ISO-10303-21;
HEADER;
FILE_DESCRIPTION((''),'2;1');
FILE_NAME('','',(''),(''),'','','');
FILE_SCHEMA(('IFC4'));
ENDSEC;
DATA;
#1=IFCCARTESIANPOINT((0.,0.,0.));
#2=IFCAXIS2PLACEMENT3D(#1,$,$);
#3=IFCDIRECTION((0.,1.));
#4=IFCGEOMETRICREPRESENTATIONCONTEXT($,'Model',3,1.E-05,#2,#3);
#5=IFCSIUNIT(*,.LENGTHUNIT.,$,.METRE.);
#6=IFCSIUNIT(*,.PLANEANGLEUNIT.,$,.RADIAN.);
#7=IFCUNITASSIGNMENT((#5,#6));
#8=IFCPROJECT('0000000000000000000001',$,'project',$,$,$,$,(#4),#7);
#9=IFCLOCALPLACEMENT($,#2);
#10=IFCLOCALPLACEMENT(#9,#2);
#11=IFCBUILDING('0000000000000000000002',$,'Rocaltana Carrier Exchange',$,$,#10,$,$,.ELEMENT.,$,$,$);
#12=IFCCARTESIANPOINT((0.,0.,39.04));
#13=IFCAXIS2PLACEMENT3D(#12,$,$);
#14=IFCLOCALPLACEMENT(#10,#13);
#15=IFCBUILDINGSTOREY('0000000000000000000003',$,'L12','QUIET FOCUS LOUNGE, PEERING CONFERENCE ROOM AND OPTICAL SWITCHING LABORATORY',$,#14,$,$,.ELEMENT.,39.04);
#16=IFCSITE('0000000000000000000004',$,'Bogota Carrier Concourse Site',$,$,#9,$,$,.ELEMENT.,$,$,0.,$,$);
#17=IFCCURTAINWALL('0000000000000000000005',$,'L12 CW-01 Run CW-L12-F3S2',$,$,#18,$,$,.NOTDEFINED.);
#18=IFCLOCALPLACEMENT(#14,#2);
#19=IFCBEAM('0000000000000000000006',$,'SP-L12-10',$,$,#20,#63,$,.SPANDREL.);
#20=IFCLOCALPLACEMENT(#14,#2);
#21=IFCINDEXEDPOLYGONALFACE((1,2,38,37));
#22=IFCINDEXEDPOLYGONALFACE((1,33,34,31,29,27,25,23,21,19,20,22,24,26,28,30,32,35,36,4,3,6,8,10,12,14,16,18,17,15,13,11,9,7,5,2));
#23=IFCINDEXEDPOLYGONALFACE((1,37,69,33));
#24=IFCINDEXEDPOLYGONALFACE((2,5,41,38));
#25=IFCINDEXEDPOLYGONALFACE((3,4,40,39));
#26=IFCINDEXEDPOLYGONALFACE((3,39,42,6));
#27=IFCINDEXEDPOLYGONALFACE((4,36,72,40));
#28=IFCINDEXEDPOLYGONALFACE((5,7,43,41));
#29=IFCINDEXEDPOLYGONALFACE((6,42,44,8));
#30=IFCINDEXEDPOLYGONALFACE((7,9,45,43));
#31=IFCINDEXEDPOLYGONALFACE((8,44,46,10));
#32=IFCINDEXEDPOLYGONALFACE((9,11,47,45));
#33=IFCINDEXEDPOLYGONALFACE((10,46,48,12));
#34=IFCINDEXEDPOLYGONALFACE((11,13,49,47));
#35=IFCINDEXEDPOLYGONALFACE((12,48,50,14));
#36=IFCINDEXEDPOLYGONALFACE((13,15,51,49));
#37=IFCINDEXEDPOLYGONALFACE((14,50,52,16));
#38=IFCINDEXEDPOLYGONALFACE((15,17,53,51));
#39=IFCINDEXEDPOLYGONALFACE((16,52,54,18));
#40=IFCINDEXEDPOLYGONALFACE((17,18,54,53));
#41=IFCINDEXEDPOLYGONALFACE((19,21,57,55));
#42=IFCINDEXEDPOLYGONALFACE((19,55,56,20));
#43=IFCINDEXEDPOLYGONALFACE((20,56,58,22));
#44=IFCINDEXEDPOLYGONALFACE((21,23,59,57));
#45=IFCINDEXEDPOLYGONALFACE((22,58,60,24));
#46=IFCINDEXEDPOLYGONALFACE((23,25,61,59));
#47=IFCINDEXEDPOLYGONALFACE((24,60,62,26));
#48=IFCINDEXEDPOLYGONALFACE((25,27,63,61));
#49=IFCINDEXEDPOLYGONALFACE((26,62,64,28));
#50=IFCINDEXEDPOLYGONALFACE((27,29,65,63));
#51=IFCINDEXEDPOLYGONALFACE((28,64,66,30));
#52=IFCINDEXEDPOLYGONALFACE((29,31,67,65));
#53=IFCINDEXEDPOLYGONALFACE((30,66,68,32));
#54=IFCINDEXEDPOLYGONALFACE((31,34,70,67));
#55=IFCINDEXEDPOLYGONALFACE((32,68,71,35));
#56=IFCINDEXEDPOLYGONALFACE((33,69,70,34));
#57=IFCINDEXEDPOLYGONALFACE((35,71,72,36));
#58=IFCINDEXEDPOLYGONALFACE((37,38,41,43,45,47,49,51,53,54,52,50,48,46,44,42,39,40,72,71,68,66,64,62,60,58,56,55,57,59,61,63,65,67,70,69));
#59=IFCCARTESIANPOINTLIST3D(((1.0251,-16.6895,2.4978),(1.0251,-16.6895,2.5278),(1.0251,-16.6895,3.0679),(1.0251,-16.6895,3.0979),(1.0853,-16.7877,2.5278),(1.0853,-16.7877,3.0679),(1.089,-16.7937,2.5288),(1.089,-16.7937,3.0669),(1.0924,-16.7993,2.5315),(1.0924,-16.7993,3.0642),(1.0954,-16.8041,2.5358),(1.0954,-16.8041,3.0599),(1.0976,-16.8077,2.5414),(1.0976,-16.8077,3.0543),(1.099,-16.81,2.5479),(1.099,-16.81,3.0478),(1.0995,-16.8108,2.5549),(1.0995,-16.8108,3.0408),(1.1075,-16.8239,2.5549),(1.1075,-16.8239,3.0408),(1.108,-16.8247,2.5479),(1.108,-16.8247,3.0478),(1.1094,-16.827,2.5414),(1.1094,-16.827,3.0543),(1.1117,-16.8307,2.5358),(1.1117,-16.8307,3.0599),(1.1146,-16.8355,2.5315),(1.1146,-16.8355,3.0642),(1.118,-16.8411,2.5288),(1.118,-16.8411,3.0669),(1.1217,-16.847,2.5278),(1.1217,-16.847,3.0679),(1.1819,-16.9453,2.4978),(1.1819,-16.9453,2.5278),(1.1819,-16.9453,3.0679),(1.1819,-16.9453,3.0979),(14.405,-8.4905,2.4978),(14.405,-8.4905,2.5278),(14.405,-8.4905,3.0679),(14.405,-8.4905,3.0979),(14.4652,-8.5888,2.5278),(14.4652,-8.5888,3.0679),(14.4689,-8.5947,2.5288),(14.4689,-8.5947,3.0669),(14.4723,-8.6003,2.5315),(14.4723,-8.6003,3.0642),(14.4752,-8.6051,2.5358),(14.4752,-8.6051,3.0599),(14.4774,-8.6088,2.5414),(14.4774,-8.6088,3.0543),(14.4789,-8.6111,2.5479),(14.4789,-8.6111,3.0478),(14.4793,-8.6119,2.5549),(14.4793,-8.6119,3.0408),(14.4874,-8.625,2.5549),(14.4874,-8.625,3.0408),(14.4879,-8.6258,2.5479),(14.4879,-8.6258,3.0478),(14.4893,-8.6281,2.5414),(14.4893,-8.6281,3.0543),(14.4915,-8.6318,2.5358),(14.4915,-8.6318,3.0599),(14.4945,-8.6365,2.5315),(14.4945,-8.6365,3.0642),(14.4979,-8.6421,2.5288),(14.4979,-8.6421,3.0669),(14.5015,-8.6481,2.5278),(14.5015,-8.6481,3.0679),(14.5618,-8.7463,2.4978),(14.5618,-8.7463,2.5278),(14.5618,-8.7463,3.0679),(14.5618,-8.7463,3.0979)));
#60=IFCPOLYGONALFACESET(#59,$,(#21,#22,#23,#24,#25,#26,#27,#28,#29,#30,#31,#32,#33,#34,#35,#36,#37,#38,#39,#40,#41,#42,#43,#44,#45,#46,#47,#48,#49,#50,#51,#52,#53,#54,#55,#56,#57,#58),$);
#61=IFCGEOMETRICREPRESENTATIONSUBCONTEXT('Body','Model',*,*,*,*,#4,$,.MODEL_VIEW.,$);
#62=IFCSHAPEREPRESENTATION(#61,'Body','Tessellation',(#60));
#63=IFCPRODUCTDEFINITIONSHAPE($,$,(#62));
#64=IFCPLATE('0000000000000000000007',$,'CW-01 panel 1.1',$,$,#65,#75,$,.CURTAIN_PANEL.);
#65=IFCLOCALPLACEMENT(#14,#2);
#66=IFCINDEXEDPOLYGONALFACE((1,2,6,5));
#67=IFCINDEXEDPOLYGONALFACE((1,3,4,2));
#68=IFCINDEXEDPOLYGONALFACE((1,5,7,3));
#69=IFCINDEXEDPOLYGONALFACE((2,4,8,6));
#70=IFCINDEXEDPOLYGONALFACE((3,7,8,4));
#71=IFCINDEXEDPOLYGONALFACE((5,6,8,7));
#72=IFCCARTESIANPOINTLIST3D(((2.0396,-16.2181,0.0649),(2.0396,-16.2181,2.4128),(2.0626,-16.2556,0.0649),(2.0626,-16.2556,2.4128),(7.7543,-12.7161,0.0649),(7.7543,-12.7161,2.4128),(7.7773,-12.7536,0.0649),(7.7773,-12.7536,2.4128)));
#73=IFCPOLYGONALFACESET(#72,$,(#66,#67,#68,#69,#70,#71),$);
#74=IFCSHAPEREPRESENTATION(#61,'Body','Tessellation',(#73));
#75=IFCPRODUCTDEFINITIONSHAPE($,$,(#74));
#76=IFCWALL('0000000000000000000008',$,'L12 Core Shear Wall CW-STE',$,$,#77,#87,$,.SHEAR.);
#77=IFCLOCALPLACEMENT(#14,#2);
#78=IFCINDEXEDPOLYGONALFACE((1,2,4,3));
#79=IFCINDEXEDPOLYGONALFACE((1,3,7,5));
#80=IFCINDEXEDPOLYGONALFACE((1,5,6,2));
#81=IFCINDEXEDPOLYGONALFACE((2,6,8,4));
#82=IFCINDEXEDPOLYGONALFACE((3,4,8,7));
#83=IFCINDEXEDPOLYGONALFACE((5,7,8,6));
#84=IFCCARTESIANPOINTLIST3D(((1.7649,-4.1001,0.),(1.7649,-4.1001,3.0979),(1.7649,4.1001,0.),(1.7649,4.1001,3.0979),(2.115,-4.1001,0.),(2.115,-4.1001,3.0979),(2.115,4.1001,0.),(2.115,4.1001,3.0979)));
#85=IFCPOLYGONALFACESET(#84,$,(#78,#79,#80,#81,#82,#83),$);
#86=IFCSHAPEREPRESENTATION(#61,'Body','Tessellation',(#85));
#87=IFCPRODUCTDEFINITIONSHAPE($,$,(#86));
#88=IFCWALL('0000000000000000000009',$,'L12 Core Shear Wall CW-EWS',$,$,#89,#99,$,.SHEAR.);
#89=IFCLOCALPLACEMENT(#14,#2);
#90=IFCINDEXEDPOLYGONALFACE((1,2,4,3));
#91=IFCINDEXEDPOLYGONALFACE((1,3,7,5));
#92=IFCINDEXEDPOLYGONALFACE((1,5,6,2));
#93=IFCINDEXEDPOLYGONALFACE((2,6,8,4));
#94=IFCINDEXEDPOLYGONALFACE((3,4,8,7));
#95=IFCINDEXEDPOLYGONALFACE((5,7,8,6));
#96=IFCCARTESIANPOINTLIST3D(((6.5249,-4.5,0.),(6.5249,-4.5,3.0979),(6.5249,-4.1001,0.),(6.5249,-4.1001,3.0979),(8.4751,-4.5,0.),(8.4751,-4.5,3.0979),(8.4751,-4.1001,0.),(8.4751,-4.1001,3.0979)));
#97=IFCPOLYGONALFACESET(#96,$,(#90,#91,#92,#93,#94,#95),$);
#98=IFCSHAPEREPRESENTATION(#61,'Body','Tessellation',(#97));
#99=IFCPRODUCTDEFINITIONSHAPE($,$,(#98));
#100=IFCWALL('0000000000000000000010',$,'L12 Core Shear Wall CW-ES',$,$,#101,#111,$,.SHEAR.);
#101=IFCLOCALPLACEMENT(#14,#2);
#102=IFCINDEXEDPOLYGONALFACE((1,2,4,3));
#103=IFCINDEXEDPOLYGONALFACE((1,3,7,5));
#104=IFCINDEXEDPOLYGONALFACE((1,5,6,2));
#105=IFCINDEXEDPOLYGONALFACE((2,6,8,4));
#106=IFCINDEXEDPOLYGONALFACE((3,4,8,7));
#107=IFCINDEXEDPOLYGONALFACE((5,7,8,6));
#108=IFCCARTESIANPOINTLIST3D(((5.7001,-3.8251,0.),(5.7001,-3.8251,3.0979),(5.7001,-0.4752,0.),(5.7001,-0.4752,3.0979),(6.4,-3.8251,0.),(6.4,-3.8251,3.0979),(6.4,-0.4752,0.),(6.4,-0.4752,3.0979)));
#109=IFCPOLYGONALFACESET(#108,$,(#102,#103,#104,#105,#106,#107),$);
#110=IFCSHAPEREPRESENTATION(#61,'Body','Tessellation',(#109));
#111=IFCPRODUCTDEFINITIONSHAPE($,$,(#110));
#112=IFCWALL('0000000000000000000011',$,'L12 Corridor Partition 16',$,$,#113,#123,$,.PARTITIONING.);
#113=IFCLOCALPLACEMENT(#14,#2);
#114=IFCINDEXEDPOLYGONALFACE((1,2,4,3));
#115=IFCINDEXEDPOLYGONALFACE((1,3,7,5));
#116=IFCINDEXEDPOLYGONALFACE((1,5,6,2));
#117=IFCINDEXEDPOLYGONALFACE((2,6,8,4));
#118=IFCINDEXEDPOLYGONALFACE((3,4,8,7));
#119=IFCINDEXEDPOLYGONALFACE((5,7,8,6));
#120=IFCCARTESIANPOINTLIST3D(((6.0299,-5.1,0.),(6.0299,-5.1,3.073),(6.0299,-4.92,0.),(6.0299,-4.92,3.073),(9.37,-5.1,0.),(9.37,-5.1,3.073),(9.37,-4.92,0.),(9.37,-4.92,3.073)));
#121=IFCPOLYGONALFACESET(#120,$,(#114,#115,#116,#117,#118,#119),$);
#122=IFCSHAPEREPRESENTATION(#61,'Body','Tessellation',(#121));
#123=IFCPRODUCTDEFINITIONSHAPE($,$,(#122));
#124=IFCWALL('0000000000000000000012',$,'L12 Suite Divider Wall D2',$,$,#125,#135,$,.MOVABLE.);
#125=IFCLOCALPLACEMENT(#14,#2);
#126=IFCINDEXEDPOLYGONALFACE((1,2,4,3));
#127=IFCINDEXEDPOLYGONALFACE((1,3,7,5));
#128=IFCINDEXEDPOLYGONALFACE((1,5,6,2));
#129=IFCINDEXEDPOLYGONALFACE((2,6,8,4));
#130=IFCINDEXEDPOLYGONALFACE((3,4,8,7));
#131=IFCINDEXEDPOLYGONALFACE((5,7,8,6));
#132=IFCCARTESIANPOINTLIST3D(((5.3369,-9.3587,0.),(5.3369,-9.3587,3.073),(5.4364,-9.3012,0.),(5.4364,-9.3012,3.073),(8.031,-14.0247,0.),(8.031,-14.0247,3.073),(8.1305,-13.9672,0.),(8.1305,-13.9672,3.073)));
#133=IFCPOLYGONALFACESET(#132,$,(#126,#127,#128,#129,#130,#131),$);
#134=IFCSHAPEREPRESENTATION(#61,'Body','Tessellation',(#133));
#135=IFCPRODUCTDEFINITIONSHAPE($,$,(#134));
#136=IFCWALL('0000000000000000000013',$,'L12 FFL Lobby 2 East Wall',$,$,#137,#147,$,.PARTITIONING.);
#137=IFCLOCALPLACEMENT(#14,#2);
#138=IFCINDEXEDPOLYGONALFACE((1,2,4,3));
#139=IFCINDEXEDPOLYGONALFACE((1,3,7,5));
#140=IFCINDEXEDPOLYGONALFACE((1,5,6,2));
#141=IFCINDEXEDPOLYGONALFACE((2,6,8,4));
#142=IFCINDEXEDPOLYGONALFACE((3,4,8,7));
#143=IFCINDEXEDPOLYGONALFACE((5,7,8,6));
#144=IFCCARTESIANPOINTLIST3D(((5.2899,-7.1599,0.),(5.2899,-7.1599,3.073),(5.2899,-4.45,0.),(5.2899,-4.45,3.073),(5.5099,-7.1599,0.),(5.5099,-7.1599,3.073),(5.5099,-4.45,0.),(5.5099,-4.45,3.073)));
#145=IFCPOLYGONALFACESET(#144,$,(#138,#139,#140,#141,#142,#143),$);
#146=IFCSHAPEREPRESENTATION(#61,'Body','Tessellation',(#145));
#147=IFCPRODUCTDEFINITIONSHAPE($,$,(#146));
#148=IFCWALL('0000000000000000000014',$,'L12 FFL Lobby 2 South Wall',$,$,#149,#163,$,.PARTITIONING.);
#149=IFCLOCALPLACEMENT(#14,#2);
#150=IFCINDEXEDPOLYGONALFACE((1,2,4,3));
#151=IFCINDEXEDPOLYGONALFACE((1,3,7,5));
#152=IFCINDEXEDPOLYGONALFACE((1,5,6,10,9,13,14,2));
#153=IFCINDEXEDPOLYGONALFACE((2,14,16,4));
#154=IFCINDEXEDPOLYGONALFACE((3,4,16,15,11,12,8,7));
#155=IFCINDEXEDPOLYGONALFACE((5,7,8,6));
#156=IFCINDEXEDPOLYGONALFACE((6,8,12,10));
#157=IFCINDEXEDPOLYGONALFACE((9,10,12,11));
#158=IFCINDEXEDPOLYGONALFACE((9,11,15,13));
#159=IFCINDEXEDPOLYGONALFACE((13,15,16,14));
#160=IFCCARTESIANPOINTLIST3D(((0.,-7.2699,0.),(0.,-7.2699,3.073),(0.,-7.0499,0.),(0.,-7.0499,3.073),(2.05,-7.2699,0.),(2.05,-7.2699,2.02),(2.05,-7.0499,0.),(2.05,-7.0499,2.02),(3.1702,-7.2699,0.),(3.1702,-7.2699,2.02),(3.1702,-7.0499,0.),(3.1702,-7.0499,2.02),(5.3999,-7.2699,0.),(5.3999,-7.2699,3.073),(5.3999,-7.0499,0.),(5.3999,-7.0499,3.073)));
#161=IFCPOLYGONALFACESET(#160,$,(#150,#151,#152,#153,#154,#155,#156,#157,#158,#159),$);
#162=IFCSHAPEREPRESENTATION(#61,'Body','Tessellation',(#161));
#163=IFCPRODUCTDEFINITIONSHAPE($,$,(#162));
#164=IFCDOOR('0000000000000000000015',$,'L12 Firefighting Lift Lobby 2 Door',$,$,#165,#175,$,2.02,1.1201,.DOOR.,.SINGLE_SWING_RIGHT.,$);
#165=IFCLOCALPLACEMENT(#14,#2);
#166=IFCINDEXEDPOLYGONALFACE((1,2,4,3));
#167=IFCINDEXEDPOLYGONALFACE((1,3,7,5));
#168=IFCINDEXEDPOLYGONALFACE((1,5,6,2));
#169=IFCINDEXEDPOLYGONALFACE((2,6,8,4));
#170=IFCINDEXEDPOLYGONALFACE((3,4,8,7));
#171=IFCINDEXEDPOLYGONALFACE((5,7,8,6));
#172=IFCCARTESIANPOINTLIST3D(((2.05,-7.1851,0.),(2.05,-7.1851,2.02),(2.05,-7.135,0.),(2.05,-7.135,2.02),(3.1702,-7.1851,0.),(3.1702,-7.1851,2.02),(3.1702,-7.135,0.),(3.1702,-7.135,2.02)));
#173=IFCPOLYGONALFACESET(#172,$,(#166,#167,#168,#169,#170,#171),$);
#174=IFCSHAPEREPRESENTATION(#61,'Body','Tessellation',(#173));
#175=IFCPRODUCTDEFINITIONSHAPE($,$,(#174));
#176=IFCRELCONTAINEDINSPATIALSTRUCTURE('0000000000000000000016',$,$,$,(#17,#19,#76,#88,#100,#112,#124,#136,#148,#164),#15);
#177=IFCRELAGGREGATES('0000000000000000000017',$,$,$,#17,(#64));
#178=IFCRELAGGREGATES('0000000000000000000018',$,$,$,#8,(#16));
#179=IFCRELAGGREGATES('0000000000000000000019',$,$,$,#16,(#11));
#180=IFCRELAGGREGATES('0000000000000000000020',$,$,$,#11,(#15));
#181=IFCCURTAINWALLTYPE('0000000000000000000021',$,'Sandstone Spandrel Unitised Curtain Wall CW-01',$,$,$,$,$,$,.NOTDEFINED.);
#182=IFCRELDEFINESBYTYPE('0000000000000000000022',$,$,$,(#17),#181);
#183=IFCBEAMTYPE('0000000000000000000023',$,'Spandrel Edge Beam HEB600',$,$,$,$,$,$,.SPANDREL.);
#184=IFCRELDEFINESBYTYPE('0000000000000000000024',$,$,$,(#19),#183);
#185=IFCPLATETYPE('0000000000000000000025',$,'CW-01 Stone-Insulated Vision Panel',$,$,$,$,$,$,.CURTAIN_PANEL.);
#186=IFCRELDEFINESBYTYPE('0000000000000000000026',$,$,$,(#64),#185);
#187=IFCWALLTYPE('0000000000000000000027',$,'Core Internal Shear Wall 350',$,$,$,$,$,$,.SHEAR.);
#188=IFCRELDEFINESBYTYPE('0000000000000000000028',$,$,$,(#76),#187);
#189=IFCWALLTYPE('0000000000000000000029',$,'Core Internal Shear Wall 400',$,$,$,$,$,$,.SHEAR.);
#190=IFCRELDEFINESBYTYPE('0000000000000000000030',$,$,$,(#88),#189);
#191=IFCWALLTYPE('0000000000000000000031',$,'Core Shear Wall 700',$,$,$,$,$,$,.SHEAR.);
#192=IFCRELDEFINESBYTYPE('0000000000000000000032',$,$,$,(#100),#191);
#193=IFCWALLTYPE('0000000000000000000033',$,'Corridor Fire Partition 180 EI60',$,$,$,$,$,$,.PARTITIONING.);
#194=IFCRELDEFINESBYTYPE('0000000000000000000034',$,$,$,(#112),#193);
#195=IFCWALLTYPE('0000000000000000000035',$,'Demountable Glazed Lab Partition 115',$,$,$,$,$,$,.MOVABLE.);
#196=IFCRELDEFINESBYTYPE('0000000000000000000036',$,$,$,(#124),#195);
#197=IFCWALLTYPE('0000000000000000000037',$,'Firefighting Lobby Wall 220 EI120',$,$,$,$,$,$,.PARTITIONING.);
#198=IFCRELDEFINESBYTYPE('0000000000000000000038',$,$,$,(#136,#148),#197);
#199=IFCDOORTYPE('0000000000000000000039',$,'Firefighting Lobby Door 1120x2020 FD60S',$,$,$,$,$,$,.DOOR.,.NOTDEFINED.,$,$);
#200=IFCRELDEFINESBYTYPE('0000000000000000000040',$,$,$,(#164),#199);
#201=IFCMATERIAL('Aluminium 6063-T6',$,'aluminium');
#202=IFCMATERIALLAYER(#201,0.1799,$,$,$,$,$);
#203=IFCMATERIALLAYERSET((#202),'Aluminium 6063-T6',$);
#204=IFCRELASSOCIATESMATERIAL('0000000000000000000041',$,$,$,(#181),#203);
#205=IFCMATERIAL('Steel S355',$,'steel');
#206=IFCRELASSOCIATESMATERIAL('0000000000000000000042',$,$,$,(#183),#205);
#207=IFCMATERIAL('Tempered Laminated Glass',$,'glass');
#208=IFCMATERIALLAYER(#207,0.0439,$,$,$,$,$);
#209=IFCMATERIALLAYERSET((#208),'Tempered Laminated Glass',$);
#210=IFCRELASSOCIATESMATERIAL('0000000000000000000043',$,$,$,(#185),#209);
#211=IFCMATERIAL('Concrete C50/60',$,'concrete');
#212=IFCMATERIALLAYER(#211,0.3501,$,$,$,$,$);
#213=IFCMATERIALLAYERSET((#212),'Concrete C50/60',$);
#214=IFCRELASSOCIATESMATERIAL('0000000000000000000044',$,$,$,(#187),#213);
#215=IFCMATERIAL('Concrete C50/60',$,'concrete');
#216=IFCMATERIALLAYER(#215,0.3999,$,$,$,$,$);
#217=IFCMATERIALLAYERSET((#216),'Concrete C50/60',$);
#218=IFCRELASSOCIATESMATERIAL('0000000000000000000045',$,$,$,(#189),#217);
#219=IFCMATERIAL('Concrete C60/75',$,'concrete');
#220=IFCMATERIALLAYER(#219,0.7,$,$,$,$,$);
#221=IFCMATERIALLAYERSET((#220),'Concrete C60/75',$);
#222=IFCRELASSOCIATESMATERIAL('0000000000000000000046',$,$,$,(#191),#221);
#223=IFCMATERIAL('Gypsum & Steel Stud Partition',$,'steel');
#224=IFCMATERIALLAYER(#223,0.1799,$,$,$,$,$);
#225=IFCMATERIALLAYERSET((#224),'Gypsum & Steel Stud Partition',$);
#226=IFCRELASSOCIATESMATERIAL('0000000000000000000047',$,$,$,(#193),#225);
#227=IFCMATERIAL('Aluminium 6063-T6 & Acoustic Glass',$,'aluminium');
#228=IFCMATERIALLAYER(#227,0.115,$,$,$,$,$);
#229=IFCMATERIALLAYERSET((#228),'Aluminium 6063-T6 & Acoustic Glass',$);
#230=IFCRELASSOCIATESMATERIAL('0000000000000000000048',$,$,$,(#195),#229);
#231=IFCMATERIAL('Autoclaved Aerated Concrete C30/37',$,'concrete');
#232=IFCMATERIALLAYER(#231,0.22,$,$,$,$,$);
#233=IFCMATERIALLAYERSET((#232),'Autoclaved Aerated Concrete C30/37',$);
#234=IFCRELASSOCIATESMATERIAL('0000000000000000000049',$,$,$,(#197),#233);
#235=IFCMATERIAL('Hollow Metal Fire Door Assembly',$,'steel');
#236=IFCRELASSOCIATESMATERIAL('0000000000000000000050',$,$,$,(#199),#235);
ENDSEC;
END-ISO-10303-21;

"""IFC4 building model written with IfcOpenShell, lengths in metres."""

from ifc_helpers import new_model, si_unit, direction, frame, frame_2d, origin, origin_2d, place, context, subcontext, project, spatial, rectangle, i_section, extrude, material, layer, layer_set, material_profile, profile_set, type_object, element, fill, aggregate, save


model = new_model("IFC4")

# Units and contexts
model_context = context("Model", 3, precision=1e-05, world=origin(), true_north=direction((0.0, 1.0)))
body_context = subcontext(model_context, "Body", "Model", "MODEL_VIEW")
ifc_project = project(units=[si_unit("LENGTHUNIT", "METRE"), si_unit("PLANEANGLEUNIT", "RADIAN")], contexts=[model_context])

# Site, building, storey
site_placement = place(None, origin())
site = spatial("IfcSite", under=ifc_project, at=site_placement, Name="Bogota Carrier Concourse Site", CompositionType="ELEMENT", RefElevation=0.0)
building_placement = place(site_placement, origin())
building = spatial("IfcBuilding", under=site, at=building_placement, Name="Rocaltana Carrier Exchange", CompositionType="ELEMENT")
storey_placement = place(building_placement, frame((0.0, 0.0, 39.04)))
storey = spatial("IfcBuildingStorey", under=building, at=storey_placement, Name="L12", Description="QUIET FOCUS LOUNGE, PEERING CONFERENCE ROOM AND OPTICAL SWITCHING LABORATORY", CompositionType="ELEMENT", Elevation=39.04)

# Curtain wall
ifc_material_1 = material(Name="Aluminium 6063-T6", Category="aluminium")
ifc_layer_1 = layer(ifc_material_1, 0.1799)
ifc_layer_set_1 = layer_set([ifc_layer_1], Name="Aluminium 6063-T6")
curtain_wall_type = type_object("IfcCurtainWallType", Name="Sandstone Spandrel Unitised Curtain Wall CW-01", PredefinedType="NOTDEFINED", material=ifc_layer_set_1)
curtain_wall_placement = place(storey_placement, origin())
curtain_wall = element("IfcCurtainWall", 1, at=curtain_wall_placement, inside=storey, type_object=curtain_wall_type, Name="L12 CW-01 Run CW-L12-F3S2", PredefinedType="NOTDEFINED")

# Beam
ifc_material_2 = material(Name="Steel S355", Category="steel")
ifc_material_profile_1 = material_profile(ifc_material_2, i_section(OverallWidth=0.3, OverallDepth=0.6001, WebThickness=0.0154, FlangeThickness=0.03, FilletRadius=0.0271, at=origin_2d()), Name="HEB600")
ifc_profile_set_1 = profile_set([ifc_material_profile_1], Name="Steel S355")
beam_type_1 = type_object("IfcBeamType", Name="Spandrel Edge Beam HEB600", PredefinedType="SPANDREL", material=ifc_profile_set_1)
beam_1_placement = place(storey_placement, frame((1.1035, -16.8174, 2.7979), z_axis=(0.852647, 0.522488, 0.0), x_axis=(-0.522488, 0.852647, 0.0)))
element("IfcBeam", 2, at=beam_1_placement, inside=storey, type_object=beam_type_1, Name="SP-L12-10", PredefinedType="SPANDREL", context=body_context, shape_type="SweptSolid", body=[
    extrude(i_section(OverallWidth=0.3, OverallDepth=0.6001, WebThickness=0.0154, FlangeThickness=0.03, FilletRadius=0.0271, at=origin_2d()), origin(), (0.0, 0.0, 1.0), 15.6921),
])

# Plate
ifc_material_3 = material(Name="Tempered Laminated Glass", Category="glass")
ifc_layer_2 = layer(ifc_material_3, 0.0439)
ifc_layer_set_2 = layer_set([ifc_layer_2], Name="Tempered Laminated Glass")
plate_type = type_object("IfcPlateType", Name="CW-01 Stone-Insulated Vision Panel", PredefinedType="CURTAIN_PANEL", material=ifc_layer_set_2)
plate_placement = place(storey_placement, frame((4.9084, -14.4858, 0.0649), z_axis=(0.0, 0.0, 1.0), x_axis=(0.852639, 0.5225, 0.0)))
plate = element("IfcPlate", 3, at=plate_placement, type_object=plate_type, Name="CW-01 panel 1.1", PredefinedType="CURTAIN_PANEL", context=body_context, shape_type="SweptSolid", body=[
    extrude(rectangle(XDim=6.7024, YDim=0.0439, at=origin_2d()), origin(), (0.0, 0.0, 1.0), 2.3479),
])
aggregate(curtain_wall, [plate])

# Walls
ifc_material_4 = material(Name="Concrete C50/60", Category="concrete")
ifc_layer_3 = layer(ifc_material_4, 0.3501)
ifc_layer_set_3 = layer_set([ifc_layer_3], Name="Concrete C50/60")
wall_type_1 = type_object("IfcWallType", Name="Core Internal Shear Wall 350", PredefinedType="SHEAR", material=ifc_layer_set_3)
wall_1_placement = place(storey_placement, frame((1.9399, -4.1001, 0.0), z_axis=(0.0, 0.0, 1.0), x_axis=(0.0, 1.0, 0.0)))
element("IfcWall", 4, at=wall_1_placement, inside=storey, type_object=wall_type_1, Name="L12 Core Shear Wall CW-STE", PredefinedType="SHEAR", context=body_context, shape_type="SweptSolid", body=[
    extrude(rectangle(XDim=8.2002, YDim=0.3501, at=frame_2d((4.1001, 0.0))), origin(), (0.0, 0.0, 1.0), 3.0979),
])
ifc_material_5 = material(Name="Concrete C50/60", Category="concrete")
ifc_layer_4 = layer(ifc_material_5, 0.3999)
ifc_layer_set_4 = layer_set([ifc_layer_4], Name="Concrete C50/60")
wall_type_2 = type_object("IfcWallType", Name="Core Internal Shear Wall 400", PredefinedType="SHEAR", material=ifc_layer_set_4)
wall_2_placement = place(storey_placement, frame((6.5249, -4.3, 0.0), z_axis=(0.0, 0.0, 1.0), x_axis=(1.0, 0.0, 0.0)))
element("IfcWall", 5, at=wall_2_placement, inside=storey, type_object=wall_type_2, Name="L12 Core Shear Wall CW-EWS", PredefinedType="SHEAR", context=body_context, shape_type="SweptSolid", body=[
    extrude(rectangle(XDim=1.9502, YDim=0.3999, at=frame_2d((0.9751, 0.0))), origin(), (0.0, 0.0, 1.0), 3.0979),
])
ifc_material_6 = material(Name="Concrete C60/75", Category="concrete")
ifc_layer_5 = layer(ifc_material_6, 0.7)
ifc_layer_set_5 = layer_set([ifc_layer_5], Name="Concrete C60/75")
wall_type_3 = type_object("IfcWallType", Name="Core Shear Wall 700", PredefinedType="SHEAR", material=ifc_layer_set_5)
wall_3_placement = place(storey_placement, frame((6.05, -3.825, 0.0), z_axis=(0.0, 0.0, 1.0), x_axis=(0.0, 1.0, 0.0)))
element("IfcWall", 6, at=wall_3_placement, inside=storey, type_object=wall_type_3, Name="L12 Core Shear Wall CW-ES", PredefinedType="SHEAR", context=body_context, shape_type="SweptSolid", body=[
    extrude(rectangle(XDim=3.3499, YDim=0.7, at=frame_2d((1.6748, 0.0))), origin(), (0.0, 0.0, 1.0), 3.0979),
])
ifc_material_7 = material(Name="Gypsum & Steel Stud Partition", Category="steel")
ifc_layer_6 = layer(ifc_material_7, 0.1799)
ifc_layer_set_6 = layer_set([ifc_layer_6], Name="Gypsum & Steel Stud Partition")
wall_type_4 = type_object("IfcWallType", Name="Corridor Fire Partition 180 EI60", PredefinedType="PARTITIONING", material=ifc_layer_set_6)
wall_4_placement = place(storey_placement, frame((6.03, -5.01, 0.0), z_axis=(0.0, 0.0, 1.0), x_axis=(1.0, 0.0, 0.0)))
element("IfcWall", 7, at=wall_4_placement, inside=storey, type_object=wall_type_4, Name="L12 Corridor Partition 16", PredefinedType="PARTITIONING", context=body_context, shape_type="SweptSolid", body=[
    extrude(rectangle(XDim=3.3401, YDim=0.1799, at=frame_2d((1.6699, 0.0))), origin(), (0.0, 0.0, 1.0), 3.073),
])
ifc_material_8 = material(Name="Aluminium 6063-T6 & Acoustic Glass", Category="aluminium")
ifc_layer_7 = layer(ifc_material_8, 0.115)
ifc_layer_set_7 = layer_set([ifc_layer_7], Name="Aluminium 6063-T6 & Acoustic Glass")
wall_type_5 = type_object("IfcWallType", Name="Demountable Glazed Lab Partition 115", PredefinedType="MOVABLE", material=ifc_layer_set_7)
wall_5_placement = place(storey_placement, frame((5.3867, -9.3301, 0.0), z_axis=(0.0, 0.0, 1.0), x_axis=(0.500023, -0.866012, 0.0)))
element("IfcWall", 8, at=wall_5_placement, inside=storey, type_object=wall_type_5, Name="L12 Suite Divider Wall D2", PredefinedType="MOVABLE", context=body_context, shape_type="SweptSolid", body=[
    extrude(rectangle(XDim=5.3879, YDim=0.115, at=frame_2d((2.6938, 0.0))), origin(), (0.0, 0.0, 1.0), 3.073),
])
ifc_material_9 = material(Name="Autoclaved Aerated Concrete C30/37", Category="concrete")
ifc_layer_8 = layer(ifc_material_9, 0.22)
ifc_layer_set_8 = layer_set([ifc_layer_8], Name="Autoclaved Aerated Concrete C30/37")
wall_type_6 = type_object("IfcWallType", Name="Firefighting Lobby Wall 220 EI120", PredefinedType="PARTITIONING", material=ifc_layer_set_8)
wall_6_placement = place(storey_placement, frame((5.3999, -7.1599, 0.0), z_axis=(0.0, 0.0, 1.0), x_axis=(0.0, 1.0, 0.0)))
element("IfcWall", 9, at=wall_6_placement, inside=storey, type_object=wall_type_6, Name="L12 FFL Lobby 2 East Wall", PredefinedType="PARTITIONING", context=body_context, shape_type="SweptSolid", body=[
    extrude(rectangle(XDim=2.71, YDim=0.22, at=frame_2d((1.355, 0.0))), origin(), (0.0, 0.0, 1.0), 3.073),
])

# Wall, opening, door
wall_7_placement = place(storey_placement, frame((0.0, -7.1599, 0.0), z_axis=(0.0, 0.0, 1.0), x_axis=(1.0, 0.0, 0.0)))
wall_7 = element("IfcWall", 10, at=wall_7_placement, inside=storey, type_object=wall_type_6, Name="L12 FFL Lobby 2 South Wall", PredefinedType="PARTITIONING", context=body_context, shape_type="SweptSolid", body=[
    extrude(rectangle(XDim=5.3999, YDim=0.22, at=frame_2d((2.7, 0.0))), origin(), (0.0, 0.0, 1.0), 3.073),
])
opening_placement = place(wall_7_placement, frame((2.05, 0.0, 0.0)))
opening = element("IfcOpeningElement", 11, at=opening_placement, cuts=wall_7, PredefinedType="OPENING", context=body_context, shape_type="SweptSolid", body=[
    extrude(rectangle(XDim=1.1201, YDim=2.02, at=frame_2d((0.5601, 1.01))), frame((0.0, 0.1199, 0.0), z_axis=(0.0, -1.0, 0.0), x_axis=(1.0, 0.0, 0.0)), (0.0, 0.0, 1.0), 0.24),
])
ifc_material_10 = material(Name="Hollow Metal Fire Door Assembly", Category="steel")
door_type = type_object("IfcDoorType", Name="Firefighting Lobby Door 1120x2020 FD60S", OperationType="NOTDEFINED", PredefinedType="DOOR", material=ifc_material_10)
door_placement = place(opening_placement, origin())
door = element("IfcDoor", 12, at=door_placement, inside=storey, type_object=door_type, Name="L12 Firefighting Lift Lobby 2 Door", OperationType="SINGLE_SWING_RIGHT", OverallHeight=2.02, OverallWidth=1.1201, PredefinedType="DOOR", context=body_context, shape_type="SweptSolid", body=[
    extrude(rectangle(XDim=1.1201, YDim=2.02, at=frame_2d((0.5601, 1.01))), frame((0.0, 0.0249, 0.0), z_axis=(0.0, -1.0, 0.0), x_axis=(1.0, 0.0, 0.0)), (0.0, 0.0, 1.0), 0.05),
])
fill(opening, door)

save(model, "model.ifc")
